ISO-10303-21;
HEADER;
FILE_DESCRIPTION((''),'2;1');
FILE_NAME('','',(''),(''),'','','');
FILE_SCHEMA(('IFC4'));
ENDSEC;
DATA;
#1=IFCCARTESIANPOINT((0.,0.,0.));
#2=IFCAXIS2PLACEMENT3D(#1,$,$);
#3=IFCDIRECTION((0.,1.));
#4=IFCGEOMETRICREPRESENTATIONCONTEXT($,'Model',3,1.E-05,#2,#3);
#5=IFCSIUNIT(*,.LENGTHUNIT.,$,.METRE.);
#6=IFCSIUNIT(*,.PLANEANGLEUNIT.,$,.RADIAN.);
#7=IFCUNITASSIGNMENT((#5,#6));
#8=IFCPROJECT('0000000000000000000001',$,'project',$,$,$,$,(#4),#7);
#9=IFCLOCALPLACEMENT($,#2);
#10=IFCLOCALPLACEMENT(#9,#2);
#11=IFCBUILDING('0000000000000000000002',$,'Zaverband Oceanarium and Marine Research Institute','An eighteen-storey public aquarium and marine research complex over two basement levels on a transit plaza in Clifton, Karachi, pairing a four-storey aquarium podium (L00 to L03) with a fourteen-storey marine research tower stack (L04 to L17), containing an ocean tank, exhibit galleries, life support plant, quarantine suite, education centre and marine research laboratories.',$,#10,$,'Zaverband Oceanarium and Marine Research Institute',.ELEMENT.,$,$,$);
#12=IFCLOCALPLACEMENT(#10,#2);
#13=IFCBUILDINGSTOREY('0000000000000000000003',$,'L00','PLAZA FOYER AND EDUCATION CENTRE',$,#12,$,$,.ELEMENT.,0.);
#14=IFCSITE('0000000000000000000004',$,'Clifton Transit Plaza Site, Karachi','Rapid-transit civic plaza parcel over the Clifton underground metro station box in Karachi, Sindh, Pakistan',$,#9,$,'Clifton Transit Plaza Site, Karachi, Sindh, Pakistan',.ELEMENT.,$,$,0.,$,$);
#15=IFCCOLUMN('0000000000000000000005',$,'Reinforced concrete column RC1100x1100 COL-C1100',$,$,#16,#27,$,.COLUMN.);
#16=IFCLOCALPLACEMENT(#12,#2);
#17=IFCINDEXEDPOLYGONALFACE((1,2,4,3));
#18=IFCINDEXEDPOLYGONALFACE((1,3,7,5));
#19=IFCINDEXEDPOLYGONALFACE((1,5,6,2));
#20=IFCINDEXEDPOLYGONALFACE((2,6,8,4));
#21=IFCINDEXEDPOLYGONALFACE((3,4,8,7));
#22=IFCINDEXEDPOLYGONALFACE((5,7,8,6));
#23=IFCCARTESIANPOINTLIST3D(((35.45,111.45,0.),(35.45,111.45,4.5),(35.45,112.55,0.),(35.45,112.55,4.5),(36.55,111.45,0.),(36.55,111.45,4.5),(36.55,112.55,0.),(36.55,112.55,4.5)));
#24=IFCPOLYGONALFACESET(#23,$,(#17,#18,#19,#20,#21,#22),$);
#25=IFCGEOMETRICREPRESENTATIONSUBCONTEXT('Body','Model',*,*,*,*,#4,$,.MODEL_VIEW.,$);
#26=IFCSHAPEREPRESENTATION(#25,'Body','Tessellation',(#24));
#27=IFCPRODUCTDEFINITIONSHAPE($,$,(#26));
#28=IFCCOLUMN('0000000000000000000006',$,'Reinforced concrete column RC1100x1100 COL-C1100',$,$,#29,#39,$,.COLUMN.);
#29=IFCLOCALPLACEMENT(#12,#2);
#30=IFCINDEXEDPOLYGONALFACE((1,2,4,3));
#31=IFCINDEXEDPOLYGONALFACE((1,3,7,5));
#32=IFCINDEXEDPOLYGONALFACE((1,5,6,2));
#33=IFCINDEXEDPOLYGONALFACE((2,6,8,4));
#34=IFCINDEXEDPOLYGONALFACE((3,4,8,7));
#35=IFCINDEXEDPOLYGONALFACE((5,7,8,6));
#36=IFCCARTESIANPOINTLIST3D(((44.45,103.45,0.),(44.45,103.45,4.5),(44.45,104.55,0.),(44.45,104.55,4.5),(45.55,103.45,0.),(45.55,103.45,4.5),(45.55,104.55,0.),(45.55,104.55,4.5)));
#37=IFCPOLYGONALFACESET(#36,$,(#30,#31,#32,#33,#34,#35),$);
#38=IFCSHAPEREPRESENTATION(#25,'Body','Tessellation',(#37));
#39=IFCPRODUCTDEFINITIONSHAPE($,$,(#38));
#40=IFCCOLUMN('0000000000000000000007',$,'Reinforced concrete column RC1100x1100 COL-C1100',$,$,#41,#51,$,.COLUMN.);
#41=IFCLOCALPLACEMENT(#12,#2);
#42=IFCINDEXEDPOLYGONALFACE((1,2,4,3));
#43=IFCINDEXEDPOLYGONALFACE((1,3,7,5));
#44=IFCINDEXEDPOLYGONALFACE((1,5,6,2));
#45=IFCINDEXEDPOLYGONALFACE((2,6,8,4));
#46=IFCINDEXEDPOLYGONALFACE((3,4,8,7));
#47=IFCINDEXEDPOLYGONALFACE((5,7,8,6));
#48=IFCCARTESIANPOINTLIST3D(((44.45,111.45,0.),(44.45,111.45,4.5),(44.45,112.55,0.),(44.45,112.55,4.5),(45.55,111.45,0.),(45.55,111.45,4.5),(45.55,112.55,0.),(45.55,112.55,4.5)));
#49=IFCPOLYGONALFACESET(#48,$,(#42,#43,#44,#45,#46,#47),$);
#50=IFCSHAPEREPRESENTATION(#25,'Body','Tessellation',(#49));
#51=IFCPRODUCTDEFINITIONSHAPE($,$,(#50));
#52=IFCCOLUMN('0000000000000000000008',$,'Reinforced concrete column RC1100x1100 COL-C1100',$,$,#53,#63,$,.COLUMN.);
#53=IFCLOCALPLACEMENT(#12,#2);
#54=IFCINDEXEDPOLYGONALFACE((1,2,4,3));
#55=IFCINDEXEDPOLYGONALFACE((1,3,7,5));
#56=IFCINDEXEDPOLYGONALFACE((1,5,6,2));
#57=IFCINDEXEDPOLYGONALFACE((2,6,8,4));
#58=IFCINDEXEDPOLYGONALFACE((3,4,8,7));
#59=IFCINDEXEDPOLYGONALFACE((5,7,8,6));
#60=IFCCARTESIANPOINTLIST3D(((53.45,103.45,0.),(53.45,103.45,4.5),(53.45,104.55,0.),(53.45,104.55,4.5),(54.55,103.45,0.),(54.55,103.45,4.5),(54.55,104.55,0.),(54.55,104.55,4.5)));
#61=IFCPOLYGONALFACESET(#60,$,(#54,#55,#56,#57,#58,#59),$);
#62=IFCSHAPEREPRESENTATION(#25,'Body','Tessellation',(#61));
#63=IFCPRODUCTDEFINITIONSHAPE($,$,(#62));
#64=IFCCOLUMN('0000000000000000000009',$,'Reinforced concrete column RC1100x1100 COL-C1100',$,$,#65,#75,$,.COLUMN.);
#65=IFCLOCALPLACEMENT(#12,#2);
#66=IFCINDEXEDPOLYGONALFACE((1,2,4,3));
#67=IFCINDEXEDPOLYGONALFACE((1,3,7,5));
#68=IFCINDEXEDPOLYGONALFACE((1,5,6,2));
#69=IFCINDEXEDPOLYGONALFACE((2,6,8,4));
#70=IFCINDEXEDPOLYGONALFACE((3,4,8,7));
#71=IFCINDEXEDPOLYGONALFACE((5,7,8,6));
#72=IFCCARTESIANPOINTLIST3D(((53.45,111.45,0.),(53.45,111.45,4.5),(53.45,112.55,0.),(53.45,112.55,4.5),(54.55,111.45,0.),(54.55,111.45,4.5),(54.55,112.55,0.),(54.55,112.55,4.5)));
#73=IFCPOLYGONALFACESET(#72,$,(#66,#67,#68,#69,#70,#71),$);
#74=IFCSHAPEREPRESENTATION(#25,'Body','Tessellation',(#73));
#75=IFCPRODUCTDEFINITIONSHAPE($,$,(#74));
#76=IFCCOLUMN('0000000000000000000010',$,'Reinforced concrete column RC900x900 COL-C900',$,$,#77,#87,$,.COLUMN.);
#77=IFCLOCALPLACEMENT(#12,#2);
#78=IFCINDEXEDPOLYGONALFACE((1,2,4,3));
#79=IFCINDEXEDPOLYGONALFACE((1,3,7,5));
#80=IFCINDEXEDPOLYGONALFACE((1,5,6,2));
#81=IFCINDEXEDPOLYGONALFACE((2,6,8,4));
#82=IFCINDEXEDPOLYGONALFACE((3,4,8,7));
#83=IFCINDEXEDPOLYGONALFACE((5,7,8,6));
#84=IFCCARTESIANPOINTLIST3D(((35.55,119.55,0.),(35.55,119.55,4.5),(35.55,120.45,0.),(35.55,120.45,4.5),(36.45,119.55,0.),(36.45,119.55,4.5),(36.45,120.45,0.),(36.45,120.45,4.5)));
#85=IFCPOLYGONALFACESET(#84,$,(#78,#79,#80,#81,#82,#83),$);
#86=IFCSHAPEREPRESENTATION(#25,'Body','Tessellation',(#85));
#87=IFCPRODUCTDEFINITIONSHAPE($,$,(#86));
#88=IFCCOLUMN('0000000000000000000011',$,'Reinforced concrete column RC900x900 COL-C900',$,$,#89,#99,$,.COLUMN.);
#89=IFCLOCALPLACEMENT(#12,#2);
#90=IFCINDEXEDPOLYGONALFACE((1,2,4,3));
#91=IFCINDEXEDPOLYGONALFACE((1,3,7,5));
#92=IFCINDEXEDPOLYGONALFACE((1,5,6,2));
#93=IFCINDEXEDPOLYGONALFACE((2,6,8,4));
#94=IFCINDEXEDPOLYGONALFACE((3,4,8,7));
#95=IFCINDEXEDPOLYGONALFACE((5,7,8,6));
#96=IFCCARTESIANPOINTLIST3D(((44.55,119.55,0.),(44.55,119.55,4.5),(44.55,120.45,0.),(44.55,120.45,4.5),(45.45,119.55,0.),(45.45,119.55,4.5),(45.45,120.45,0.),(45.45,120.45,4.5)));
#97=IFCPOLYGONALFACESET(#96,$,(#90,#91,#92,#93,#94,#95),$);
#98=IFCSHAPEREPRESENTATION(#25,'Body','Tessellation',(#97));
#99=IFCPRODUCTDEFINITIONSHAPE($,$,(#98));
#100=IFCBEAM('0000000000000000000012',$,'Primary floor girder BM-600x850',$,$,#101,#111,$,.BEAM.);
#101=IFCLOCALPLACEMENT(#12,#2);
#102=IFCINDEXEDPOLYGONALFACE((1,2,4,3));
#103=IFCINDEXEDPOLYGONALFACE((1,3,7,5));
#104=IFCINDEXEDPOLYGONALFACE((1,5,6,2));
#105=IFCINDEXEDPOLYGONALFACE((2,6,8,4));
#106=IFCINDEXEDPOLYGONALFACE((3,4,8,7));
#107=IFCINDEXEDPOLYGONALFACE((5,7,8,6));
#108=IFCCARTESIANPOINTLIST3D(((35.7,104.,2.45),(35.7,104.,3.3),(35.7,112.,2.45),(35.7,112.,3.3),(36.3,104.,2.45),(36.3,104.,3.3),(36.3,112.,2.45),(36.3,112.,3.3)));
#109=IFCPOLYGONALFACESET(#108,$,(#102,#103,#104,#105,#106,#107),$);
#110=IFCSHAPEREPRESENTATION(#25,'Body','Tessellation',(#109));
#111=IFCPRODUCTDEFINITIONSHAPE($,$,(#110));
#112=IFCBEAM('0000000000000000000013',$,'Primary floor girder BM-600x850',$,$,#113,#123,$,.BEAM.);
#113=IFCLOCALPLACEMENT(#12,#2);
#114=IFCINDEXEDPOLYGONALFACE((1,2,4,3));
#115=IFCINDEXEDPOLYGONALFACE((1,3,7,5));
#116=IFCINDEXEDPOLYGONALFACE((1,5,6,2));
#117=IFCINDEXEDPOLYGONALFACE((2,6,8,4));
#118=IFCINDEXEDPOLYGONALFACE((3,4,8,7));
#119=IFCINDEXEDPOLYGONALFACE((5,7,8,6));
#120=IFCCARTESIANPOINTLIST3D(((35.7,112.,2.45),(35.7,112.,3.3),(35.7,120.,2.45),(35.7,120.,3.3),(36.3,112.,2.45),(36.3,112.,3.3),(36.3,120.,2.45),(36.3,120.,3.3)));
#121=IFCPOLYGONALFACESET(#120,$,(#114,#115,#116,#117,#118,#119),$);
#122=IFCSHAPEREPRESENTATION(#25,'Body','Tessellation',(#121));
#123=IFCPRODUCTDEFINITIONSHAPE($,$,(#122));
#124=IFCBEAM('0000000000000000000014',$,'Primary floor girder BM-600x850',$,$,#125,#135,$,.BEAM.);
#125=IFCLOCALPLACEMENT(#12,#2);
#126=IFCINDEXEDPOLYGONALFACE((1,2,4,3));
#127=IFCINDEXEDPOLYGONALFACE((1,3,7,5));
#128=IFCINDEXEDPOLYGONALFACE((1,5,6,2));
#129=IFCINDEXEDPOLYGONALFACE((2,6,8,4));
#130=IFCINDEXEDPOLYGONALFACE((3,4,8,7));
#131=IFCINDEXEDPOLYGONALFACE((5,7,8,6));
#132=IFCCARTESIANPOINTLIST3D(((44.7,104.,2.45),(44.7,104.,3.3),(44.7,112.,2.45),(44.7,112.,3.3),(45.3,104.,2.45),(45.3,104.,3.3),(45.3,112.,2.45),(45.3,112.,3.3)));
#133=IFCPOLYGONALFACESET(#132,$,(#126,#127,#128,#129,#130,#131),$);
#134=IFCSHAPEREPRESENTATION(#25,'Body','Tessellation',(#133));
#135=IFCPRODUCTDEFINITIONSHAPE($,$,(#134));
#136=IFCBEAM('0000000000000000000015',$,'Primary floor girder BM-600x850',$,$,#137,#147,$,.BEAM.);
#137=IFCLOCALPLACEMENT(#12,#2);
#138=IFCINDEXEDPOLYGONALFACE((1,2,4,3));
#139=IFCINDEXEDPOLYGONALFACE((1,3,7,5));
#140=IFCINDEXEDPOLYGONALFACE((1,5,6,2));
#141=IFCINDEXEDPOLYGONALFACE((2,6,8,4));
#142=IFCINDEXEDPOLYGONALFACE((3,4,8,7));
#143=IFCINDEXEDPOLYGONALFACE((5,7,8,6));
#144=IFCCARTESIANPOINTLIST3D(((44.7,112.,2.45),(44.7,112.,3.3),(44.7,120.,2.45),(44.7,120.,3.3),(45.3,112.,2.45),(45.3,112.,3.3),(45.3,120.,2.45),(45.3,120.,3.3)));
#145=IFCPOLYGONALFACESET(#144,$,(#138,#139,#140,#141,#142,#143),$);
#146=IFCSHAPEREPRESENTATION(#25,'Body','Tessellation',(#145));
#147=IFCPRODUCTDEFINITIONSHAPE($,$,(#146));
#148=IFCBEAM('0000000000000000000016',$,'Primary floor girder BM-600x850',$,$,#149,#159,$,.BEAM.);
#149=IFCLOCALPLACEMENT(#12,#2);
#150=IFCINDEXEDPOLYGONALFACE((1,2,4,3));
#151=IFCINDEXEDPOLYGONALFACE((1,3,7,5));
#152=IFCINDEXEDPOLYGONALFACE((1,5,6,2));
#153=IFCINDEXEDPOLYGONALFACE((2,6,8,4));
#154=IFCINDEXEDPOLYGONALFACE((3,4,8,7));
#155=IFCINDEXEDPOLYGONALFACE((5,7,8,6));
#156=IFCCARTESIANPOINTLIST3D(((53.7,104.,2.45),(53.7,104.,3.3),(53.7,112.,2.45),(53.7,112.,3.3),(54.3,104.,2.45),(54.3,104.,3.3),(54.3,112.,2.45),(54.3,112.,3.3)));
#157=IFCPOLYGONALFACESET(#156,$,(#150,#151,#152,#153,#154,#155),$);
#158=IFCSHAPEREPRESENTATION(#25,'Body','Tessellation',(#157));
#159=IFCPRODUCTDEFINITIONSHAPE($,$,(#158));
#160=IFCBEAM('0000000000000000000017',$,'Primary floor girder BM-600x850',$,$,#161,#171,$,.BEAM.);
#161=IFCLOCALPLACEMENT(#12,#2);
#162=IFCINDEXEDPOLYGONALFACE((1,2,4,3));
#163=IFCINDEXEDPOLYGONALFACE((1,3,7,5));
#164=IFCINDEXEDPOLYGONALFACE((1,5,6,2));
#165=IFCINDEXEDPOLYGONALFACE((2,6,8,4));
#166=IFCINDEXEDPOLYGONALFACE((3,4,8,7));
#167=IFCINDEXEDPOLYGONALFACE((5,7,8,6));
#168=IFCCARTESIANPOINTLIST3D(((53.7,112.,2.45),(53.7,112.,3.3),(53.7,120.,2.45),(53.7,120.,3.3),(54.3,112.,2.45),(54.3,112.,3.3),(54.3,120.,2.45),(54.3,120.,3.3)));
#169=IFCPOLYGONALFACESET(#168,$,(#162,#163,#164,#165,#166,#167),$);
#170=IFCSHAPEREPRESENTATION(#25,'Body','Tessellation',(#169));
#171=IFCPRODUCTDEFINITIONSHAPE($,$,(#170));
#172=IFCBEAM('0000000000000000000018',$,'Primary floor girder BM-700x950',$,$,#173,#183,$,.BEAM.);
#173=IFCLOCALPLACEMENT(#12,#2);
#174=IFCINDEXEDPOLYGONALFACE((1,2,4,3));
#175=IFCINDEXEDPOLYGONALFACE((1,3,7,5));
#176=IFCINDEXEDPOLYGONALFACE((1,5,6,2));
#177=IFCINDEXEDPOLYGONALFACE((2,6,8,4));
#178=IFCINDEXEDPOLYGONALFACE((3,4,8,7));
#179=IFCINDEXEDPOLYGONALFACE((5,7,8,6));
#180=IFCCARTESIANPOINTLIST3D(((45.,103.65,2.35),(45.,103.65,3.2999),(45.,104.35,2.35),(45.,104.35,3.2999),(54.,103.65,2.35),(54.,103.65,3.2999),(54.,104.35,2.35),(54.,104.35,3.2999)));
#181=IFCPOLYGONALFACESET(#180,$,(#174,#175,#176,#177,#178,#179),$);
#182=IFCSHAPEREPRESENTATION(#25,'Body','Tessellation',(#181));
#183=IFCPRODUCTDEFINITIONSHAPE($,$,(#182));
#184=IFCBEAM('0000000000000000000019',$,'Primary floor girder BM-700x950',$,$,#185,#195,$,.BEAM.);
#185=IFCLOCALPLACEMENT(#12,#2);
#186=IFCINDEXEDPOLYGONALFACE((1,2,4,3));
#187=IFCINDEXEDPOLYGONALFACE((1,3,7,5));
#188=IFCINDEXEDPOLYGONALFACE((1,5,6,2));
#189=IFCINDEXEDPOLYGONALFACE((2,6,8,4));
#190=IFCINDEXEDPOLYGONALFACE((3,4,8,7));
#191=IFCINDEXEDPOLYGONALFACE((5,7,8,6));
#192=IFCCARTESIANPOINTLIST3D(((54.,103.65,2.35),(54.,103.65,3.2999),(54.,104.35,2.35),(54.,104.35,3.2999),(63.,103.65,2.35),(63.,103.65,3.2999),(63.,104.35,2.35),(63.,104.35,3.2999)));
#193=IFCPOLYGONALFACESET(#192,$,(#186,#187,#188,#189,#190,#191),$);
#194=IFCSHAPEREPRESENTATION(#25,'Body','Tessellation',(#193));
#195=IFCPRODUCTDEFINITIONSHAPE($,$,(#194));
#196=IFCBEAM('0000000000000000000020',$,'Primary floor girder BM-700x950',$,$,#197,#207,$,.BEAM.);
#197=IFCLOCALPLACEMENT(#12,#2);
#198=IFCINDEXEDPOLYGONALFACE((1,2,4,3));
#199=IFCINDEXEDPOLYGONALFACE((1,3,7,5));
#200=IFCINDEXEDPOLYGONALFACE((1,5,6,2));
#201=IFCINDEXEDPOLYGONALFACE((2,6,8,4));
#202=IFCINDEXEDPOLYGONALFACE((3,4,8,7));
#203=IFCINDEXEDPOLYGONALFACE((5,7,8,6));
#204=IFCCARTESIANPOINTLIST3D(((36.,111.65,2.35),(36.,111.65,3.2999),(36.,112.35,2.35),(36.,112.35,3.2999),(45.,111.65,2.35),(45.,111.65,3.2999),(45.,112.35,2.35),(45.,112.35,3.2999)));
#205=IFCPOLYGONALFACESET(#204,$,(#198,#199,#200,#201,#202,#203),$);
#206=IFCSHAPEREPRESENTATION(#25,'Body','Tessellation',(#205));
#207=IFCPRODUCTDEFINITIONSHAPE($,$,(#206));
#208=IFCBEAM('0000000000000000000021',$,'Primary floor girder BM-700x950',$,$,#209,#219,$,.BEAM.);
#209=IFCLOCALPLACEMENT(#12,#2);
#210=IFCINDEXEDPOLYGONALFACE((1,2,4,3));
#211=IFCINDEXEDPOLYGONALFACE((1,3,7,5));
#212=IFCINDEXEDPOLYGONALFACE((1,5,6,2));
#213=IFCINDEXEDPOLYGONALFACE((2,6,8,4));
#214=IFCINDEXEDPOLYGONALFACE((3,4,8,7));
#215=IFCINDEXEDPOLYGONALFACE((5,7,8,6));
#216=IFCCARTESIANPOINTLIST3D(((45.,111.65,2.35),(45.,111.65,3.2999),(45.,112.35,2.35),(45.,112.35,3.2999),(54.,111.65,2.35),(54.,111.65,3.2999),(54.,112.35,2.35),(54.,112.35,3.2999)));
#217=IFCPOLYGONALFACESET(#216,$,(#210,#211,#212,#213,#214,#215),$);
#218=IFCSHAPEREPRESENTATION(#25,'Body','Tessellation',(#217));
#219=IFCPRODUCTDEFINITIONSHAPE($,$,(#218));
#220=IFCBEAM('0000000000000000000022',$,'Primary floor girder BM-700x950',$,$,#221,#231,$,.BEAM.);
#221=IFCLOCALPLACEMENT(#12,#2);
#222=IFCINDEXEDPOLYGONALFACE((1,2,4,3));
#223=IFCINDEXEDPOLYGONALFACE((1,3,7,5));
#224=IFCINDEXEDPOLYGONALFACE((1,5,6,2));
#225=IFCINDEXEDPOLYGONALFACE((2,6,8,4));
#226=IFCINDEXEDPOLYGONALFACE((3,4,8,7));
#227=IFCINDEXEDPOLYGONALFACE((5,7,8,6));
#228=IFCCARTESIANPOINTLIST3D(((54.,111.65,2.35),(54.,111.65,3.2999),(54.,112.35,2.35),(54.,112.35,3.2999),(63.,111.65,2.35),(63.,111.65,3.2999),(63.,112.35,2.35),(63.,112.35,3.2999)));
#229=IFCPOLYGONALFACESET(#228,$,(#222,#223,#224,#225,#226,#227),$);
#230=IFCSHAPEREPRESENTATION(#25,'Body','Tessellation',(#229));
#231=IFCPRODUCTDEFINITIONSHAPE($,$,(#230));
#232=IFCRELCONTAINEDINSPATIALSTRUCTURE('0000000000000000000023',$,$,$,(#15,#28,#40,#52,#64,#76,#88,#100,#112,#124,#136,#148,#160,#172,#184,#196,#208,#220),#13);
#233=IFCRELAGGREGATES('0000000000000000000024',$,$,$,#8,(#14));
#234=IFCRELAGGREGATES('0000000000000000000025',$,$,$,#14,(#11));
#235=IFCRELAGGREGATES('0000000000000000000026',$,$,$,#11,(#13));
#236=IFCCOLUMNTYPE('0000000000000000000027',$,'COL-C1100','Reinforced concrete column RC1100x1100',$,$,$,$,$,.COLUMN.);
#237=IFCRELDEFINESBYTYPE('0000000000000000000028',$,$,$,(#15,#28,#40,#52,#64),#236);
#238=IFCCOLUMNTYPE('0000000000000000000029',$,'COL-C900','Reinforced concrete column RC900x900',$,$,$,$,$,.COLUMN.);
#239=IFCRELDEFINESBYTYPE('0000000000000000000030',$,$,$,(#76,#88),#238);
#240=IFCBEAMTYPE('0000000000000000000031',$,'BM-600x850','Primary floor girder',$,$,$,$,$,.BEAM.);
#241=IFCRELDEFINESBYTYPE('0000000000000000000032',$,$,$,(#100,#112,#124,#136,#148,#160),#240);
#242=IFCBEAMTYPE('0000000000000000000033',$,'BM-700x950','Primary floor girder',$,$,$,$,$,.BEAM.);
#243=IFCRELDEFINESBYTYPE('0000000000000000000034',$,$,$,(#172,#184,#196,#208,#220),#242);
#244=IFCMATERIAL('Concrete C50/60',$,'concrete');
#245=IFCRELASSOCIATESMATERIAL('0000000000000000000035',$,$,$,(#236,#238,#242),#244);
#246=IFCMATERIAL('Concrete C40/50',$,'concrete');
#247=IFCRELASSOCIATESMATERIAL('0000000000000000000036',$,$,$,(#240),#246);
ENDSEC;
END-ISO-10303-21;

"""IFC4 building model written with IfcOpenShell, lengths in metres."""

from ifc_helpers import new_model, si_unit, direction, frame, origin, origin_2d, place, context, subcontext, project, spatial, rectangle, extrude, material, material_profile, profile_set, type_object, element, save


model = new_model("IFC4")

# Units and contexts
model_context = context("Model", 3, precision=1e-05, world=origin(), true_north=direction((0.0, 1.0)))
body_context = subcontext(model_context, "Body", "Model", "MODEL_VIEW")
ifc_project = project(units=[si_unit("LENGTHUNIT", "METRE"), si_unit("PLANEANGLEUNIT", "RADIAN")], contexts=[model_context])

# Site, building, storey
site_placement = place(None, origin())
site = spatial("IfcSite", under=ifc_project, at=site_placement, Name="Clifton Transit Plaza Site, Karachi", Description="Rapid-transit civic plaza parcel over the Clifton underground metro station box in Karachi, Sindh, Pakistan", LongName="Clifton Transit Plaza Site, Karachi, Sindh, Pakistan", CompositionType="ELEMENT", RefElevation=0.0)
building_placement = place(site_placement, origin())
building = spatial("IfcBuilding", under=site, at=building_placement, Name="Zaverband Oceanarium and Marine Research Institute", Description="An eighteen-storey public aquarium and marine research complex over two basement levels on a transit plaza in Clifton, Karachi, pairing a four-storey aquarium podium (L00 to L03) with a fourteen-storey marine research tower stack (L04 to L17), containing an ocean tank, exhibit galleries, life support plant, quarantine suite, education centre and marine research laboratories.", LongName="Zaverband Oceanarium and Marine Research Institute", CompositionType="ELEMENT")
storey_placement = place(building_placement, origin())
storey = spatial("IfcBuildingStorey", under=building, at=storey_placement, Name="L00", Description="PLAZA FOYER AND EDUCATION CENTRE", CompositionType="ELEMENT", Elevation=0.0)

# Columns
ifc_material_1 = material(Name="Concrete C50/60", Category="concrete")
ifc_material_profile_1 = material_profile(ifc_material_1, rectangle(XDim=1.1001, YDim=1.1001, at=origin_2d()), Name="RC1100x1100")
ifc_profile_set_1 = profile_set([ifc_material_profile_1], Name="Concrete C50/60")
column_type_1 = type_object("IfcColumnType", Name="COL-C1100", Description="Reinforced concrete column RC1100x1100", PredefinedType="COLUMN", material=ifc_profile_set_1)
for number, where, z_axis, x_axis, name in (
    (1, (36.0, 112.0, 0.0), (0.0, 0.0, 1.0), (1.0, 0.0, 0.0), "Reinforced concrete column RC1100x1100 COL-C1100"),
    (2, (45.0, 104.0, 0.0), (0.0, 0.0, 1.0), (1.0, 0.0, 0.0), "Reinforced concrete column RC1100x1100 COL-C1100"),
    (3, (45.0, 112.0, 0.0), (0.0, 0.0, 1.0), (1.0, 0.0, 0.0), "Reinforced concrete column RC1100x1100 COL-C1100"),
    (4, (54.0, 104.0, 0.0), (0.0, 0.0, 1.0), (1.0, 0.0, 0.0), "Reinforced concrete column RC1100x1100 COL-C1100"),
    (5, (54.0, 112.0, 0.0), (0.0, 0.0, 1.0), (1.0, 0.0, 0.0), "Reinforced concrete column RC1100x1100 COL-C1100"),
):
    element("IfcColumn", number, at=place(storey_placement, frame(where, z_axis=z_axis, x_axis=x_axis)), inside=storey, type_object=column_type_1, Name=name, PredefinedType="COLUMN", context=body_context, shape_type="SweptSolid", body=[
        extrude(rectangle(XDim=1.1001, YDim=1.1001, at=origin_2d()), origin(), (0.0, 0.0, 1.0), 4.5),
    ])
ifc_material_profile_2 = material_profile(ifc_material_1, rectangle(XDim=0.8999, YDim=0.8999, at=origin_2d()), Name="RC900x900")
ifc_profile_set_2 = profile_set([ifc_material_profile_2], Name="Concrete C50/60")
column_type_2 = type_object("IfcColumnType", Name="COL-C900", Description="Reinforced concrete column RC900x900", PredefinedType="COLUMN", material=ifc_profile_set_2)
for number, where, z_axis, x_axis, name in (
    (6, (36.0, 120.0, 0.0), (0.0, 0.0, 1.0), (1.0, 0.0, 0.0), "Reinforced concrete column RC900x900 COL-C900"),
    (7, (45.0, 120.0, 0.0), (0.0, 0.0, 1.0), (1.0, 0.0, 0.0), "Reinforced concrete column RC900x900 COL-C900"),
):
    element("IfcColumn", number, at=place(storey_placement, frame(where, z_axis=z_axis, x_axis=x_axis)), inside=storey, type_object=column_type_2, Name=name, PredefinedType="COLUMN", context=body_context, shape_type="SweptSolid", body=[
        extrude(rectangle(XDim=0.8999, YDim=0.8999, at=origin_2d()), origin(), (0.0, 0.0, 1.0), 4.5),
    ])

# Beams
ifc_material_2 = material(Name="Concrete C40/50", Category="concrete")
ifc_material_profile_3 = material_profile(ifc_material_2, rectangle(XDim=0.6001, YDim=0.8501, at=origin_2d()), Name="RC600x850")
ifc_profile_set_3 = profile_set([ifc_material_profile_3], Name="Concrete C40/50")
beam_type_1 = type_object("IfcBeamType", Name="BM-600x850", Description="Primary floor girder", PredefinedType="BEAM", material=ifc_profile_set_3)
for number, where, z_axis, x_axis, name in (
    (8, (36.0, 104.0, 2.875), (0.0, 1.0, 0.0), (-1.0, 0.0, 0.0), "Primary floor girder BM-600x850"),
    (9, (36.0, 112.0, 2.875), (0.0, 1.0, 0.0), (-1.0, 0.0, 0.0), "Primary floor girder BM-600x850"),
    (10, (45.0, 104.0, 2.875), (0.0, 1.0, 0.0), (-1.0, 0.0, 0.0), "Primary floor girder BM-600x850"),
    (11, (45.0, 112.0, 2.875), (0.0, 1.0, 0.0), (-1.0, 0.0, 0.0), "Primary floor girder BM-600x850"),
    (12, (54.0, 104.0, 2.875), (0.0, 1.0, 0.0), (-1.0, 0.0, 0.0), "Primary floor girder BM-600x850"),
    (13, (54.0, 112.0, 2.875), (0.0, 1.0, 0.0), (-1.0, 0.0, 0.0), "Primary floor girder BM-600x850"),
):
    element("IfcBeam", number, at=place(storey_placement, frame(where, z_axis=z_axis, x_axis=x_axis)), inside=storey, type_object=beam_type_1, Name=name, PredefinedType="BEAM", context=body_context, shape_type="SweptSolid", body=[
        extrude(rectangle(XDim=0.6001, YDim=0.8501, at=origin_2d()), origin(), (0.0, 0.0, 1.0), 8.0),
    ])
ifc_material_profile_4 = material_profile(ifc_material_1, rectangle(XDim=0.7, YDim=0.95, at=origin_2d()), Name="RC700x950")
ifc_profile_set_4 = profile_set([ifc_material_profile_4], Name="Concrete C50/60")
beam_type_2 = type_object("IfcBeamType", Name="BM-700x950", Description="Primary floor girder", PredefinedType="BEAM", material=ifc_profile_set_4)
for number, where, z_axis, x_axis, name in (
    (14, (45.0, 104.0, 2.825), (1.0, 0.0, 0.0), (0.0, 1.0, 0.0), "Primary floor girder BM-700x950"),
    (15, (54.0, 104.0, 2.825), (1.0, 0.0, 0.0), (0.0, 1.0, 0.0), "Primary floor girder BM-700x950"),
    (16, (36.0, 112.0, 2.825), (1.0, 0.0, 0.0), (0.0, 1.0, 0.0), "Primary floor girder BM-700x950"),
    (17, (45.0, 112.0, 2.825), (1.0, 0.0, 0.0), (0.0, 1.0, 0.0), "Primary floor girder BM-700x950"),
    (18, (54.0, 112.0, 2.825), (1.0, 0.0, 0.0), (0.0, 1.0, 0.0), "Primary floor girder BM-700x950"),
):
    element("IfcBeam", number, at=place(storey_placement, frame(where, z_axis=z_axis, x_axis=x_axis)), inside=storey, type_object=beam_type_2, Name=name, PredefinedType="BEAM", context=body_context, shape_type="SweptSolid", body=[
        extrude(rectangle(XDim=0.7, YDim=0.95, at=origin_2d()), origin(), (0.0, 0.0, 1.0), 9.0),
    ])

save(model, "model.ifc")
